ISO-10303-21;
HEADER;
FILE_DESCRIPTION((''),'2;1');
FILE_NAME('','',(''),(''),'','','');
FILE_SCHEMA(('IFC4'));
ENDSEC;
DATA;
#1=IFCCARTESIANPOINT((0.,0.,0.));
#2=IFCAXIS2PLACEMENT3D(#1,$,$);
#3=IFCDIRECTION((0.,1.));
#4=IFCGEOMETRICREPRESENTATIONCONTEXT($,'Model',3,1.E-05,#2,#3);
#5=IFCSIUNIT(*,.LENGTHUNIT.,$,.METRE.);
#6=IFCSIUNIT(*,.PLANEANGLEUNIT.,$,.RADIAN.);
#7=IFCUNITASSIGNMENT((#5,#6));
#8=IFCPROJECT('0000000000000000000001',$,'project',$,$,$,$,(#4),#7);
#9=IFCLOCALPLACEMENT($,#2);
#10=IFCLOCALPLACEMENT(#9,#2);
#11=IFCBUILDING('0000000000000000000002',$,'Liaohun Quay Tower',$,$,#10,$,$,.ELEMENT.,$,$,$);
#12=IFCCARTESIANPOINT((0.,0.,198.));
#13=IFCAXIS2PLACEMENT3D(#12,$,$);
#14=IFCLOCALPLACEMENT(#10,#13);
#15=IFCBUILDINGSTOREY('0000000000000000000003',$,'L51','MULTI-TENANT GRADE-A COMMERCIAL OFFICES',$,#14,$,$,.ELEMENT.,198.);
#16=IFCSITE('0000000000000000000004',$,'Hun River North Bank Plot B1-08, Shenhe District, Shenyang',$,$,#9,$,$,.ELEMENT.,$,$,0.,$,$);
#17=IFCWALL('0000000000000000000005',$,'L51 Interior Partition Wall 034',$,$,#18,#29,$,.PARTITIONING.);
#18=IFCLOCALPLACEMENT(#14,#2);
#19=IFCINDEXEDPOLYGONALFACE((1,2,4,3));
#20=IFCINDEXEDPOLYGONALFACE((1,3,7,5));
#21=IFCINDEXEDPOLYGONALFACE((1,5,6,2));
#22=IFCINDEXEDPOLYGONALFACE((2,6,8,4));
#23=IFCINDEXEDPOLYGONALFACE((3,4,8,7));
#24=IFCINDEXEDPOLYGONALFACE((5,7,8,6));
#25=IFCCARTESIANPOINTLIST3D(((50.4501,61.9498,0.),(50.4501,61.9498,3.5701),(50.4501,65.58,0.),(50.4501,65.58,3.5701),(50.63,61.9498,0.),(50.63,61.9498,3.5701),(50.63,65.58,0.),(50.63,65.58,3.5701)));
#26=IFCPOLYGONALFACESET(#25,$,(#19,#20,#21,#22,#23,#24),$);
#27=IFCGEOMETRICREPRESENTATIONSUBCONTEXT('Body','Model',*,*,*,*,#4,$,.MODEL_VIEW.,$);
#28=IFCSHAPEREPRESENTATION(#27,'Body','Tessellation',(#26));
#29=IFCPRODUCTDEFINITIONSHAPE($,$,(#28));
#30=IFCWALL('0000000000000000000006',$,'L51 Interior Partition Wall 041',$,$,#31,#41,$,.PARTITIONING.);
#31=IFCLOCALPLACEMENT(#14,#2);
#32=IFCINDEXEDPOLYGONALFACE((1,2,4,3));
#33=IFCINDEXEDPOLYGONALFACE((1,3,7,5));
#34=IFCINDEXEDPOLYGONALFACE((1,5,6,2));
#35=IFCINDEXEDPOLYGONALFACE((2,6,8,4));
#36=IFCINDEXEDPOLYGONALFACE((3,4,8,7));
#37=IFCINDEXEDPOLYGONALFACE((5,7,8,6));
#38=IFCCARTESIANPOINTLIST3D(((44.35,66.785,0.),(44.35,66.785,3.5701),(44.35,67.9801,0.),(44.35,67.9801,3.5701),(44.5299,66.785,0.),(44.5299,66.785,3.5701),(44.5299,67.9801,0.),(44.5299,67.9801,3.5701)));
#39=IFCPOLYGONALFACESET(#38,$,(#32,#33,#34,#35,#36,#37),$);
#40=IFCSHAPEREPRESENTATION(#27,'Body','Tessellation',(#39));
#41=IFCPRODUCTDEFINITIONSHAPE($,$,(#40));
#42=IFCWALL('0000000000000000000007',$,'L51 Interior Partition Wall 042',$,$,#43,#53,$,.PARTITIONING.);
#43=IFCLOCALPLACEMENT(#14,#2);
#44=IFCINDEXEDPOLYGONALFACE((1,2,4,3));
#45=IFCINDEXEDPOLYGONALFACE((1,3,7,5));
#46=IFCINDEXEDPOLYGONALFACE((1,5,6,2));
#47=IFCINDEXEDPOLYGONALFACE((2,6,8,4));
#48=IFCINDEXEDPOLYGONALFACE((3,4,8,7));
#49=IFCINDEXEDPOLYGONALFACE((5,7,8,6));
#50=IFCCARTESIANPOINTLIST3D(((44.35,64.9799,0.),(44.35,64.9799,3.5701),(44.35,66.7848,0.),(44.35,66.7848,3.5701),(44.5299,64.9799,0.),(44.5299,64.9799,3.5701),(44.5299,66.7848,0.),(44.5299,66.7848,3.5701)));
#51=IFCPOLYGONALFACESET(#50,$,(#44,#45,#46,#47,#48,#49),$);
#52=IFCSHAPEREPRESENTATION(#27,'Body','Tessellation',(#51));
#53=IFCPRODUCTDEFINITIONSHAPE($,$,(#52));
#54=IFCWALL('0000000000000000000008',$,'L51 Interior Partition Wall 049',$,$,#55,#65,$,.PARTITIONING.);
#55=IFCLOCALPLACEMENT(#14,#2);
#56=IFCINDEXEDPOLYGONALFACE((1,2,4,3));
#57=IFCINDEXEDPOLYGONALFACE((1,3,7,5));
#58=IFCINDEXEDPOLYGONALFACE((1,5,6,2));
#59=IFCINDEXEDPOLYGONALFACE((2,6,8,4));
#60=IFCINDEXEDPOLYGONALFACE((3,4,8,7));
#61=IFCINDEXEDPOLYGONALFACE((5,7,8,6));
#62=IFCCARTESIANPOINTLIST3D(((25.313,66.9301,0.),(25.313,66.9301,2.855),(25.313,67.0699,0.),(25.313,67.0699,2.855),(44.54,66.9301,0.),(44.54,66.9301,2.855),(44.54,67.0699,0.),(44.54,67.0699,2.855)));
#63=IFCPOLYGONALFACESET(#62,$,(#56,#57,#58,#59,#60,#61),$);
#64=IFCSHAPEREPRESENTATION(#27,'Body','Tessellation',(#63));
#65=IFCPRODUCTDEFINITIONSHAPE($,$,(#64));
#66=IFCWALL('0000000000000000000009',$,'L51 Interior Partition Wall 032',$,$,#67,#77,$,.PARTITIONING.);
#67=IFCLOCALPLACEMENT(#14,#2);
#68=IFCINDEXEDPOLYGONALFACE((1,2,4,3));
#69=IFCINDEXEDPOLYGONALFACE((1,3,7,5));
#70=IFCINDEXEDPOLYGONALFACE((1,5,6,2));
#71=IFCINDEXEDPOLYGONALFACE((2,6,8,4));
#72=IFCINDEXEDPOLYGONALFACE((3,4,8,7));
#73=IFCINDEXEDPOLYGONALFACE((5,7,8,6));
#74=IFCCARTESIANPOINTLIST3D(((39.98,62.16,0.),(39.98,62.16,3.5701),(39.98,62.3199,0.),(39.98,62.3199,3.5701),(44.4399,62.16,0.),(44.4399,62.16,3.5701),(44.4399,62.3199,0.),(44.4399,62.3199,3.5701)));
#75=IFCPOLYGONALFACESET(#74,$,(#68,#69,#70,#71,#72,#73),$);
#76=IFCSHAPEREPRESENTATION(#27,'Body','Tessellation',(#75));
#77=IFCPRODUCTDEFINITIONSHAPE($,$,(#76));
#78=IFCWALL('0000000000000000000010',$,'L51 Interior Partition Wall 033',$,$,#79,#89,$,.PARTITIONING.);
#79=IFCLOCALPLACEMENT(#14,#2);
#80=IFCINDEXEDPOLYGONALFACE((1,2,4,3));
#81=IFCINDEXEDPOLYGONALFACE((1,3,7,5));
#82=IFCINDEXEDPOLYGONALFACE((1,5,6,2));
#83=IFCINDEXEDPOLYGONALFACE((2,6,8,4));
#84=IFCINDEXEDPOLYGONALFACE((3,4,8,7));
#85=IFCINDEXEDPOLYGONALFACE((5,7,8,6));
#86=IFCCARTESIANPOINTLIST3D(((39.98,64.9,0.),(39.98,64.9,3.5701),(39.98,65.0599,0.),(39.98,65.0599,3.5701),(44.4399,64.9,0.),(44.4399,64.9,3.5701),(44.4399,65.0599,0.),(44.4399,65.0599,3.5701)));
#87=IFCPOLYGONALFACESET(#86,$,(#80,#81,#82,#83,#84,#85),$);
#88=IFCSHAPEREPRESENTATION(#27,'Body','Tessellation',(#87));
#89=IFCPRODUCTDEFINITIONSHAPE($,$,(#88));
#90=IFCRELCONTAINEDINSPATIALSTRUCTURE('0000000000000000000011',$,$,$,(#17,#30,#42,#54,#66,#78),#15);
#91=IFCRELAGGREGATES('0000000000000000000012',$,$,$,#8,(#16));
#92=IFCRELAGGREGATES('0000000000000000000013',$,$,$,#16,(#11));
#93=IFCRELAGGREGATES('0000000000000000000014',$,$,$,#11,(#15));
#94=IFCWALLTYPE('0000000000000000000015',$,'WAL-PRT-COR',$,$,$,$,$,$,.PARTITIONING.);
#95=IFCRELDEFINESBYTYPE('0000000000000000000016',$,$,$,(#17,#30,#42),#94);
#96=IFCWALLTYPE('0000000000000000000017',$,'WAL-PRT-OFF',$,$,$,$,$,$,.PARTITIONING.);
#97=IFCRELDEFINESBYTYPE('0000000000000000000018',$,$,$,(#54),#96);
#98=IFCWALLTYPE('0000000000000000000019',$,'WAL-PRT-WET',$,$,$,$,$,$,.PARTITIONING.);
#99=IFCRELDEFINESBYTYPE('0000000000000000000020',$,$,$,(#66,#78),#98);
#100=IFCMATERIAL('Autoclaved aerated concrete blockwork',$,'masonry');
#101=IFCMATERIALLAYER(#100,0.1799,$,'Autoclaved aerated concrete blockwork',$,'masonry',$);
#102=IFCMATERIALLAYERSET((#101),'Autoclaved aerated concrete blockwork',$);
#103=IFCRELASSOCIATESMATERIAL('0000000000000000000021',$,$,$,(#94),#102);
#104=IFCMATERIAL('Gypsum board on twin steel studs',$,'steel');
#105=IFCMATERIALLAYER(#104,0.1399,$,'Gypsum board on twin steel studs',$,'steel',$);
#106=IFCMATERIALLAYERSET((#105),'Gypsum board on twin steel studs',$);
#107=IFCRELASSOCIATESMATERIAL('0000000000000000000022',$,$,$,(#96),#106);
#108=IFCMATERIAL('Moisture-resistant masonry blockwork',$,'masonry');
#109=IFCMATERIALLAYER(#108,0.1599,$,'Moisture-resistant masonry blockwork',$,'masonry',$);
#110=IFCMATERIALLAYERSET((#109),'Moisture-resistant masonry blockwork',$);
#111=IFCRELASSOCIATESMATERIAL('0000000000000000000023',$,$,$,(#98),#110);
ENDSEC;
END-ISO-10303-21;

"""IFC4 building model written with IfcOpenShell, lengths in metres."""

from ifc_helpers import new_model, si_unit, direction, frame, frame_2d, origin, place, context, subcontext, project, spatial, rectangle, extrude, material, layer, layer_set, type_object, element, save


model = new_model("IFC4")

# Units and contexts
model_context = context("Model", 3, precision=1e-05, world=origin(), true_north=direction((0.0, 1.0)))
body_context = subcontext(model_context, "Body", "Model", "MODEL_VIEW")
ifc_project = project(units=[si_unit("LENGTHUNIT", "METRE"), si_unit("PLANEANGLEUNIT", "RADIAN")], contexts=[model_context])

# Site, building, storey
site_placement = place(None, origin())
site = spatial("IfcSite", under=ifc_project, at=site_placement, Name="Hun River North Bank Plot B1-08, Shenhe District, Shenyang", CompositionType="ELEMENT", RefElevation=0.0)
building_placement = place(site_placement, origin())
building = spatial("IfcBuilding", under=site, at=building_placement, Name="Liaohun Quay Tower", CompositionType="ELEMENT")
storey_placement = place(building_placement, frame((0.0, 0.0, 198.0)))
storey = spatial("IfcBuildingStorey", under=building, at=storey_placement, Name="L51", Description="MULTI-TENANT GRADE-A COMMERCIAL OFFICES", CompositionType="ELEMENT", Elevation=198.0)

# Shared definitions
ifc_material_1 = material(Name="Autoclaved aerated concrete blockwork", Category="masonry")
ifc_layer_1 = layer(ifc_material_1, 0.1799, Name="Autoclaved aerated concrete blockwork", Category="masonry")
ifc_layer_set_1 = layer_set([ifc_layer_1], Name="Autoclaved aerated concrete blockwork")
wall_type_1 = type_object("IfcWallType", Name="WAL-PRT-COR", PredefinedType="PARTITIONING", material=ifc_layer_set_1)

# Walls
wall_1_placement = place(storey_placement, frame((50.54, 61.95, 0.0), z_axis=(0.0, 0.0, 1.0), x_axis=(0.0, 1.0, 0.0)))
element("IfcWall", 1, at=wall_1_placement, inside=storey, type_object=wall_type_1, Name="L51 Interior Partition Wall 034", PredefinedType="PARTITIONING", context=body_context, shape_type="SweptSolid", body=[
    extrude(rectangle(XDim=3.6301, YDim=0.1799, at=frame_2d((1.8149, 0.0))), origin(), (0.0, 0.0, 1.0), 3.5701),
])
wall_2_placement = place(storey_placement, frame((44.4399, 66.7849, 0.0), z_axis=(0.0, 0.0, 1.0), x_axis=(0.0, 1.0, 0.0)))
element("IfcWall", 2, at=wall_2_placement, inside=storey, type_object=wall_type_1, Name="L51 Interior Partition Wall 041", PredefinedType="PARTITIONING", context=body_context, shape_type="SweptSolid", body=[
    extrude(rectangle(XDim=1.1951, YDim=0.1799, at=frame_2d((0.5977, 0.0))), origin(), (0.0, 0.0, 1.0), 3.5701),
])
wall_3_placement = place(storey_placement, frame((44.4399, 64.98, 0.0), z_axis=(0.0, 0.0, 1.0), x_axis=(0.0, 1.0, 0.0)))
element("IfcWall", 3, at=wall_3_placement, inside=storey, type_object=wall_type_1, Name="L51 Interior Partition Wall 042", PredefinedType="PARTITIONING", context=body_context, shape_type="SweptSolid", body=[
    extrude(rectangle(XDim=1.8049, YDim=0.1799, at=frame_2d((0.9023, 0.0))), origin(), (0.0, 0.0, 1.0), 3.5701),
])
ifc_material_2 = material(Name="Gypsum board on twin steel studs", Category="steel")
ifc_layer_2 = layer(ifc_material_2, 0.1399, Name="Gypsum board on twin steel studs", Category="steel")
ifc_layer_set_2 = layer_set([ifc_layer_2], Name="Gypsum board on twin steel studs")
wall_type_2 = type_object("IfcWallType", Name="WAL-PRT-OFF", PredefinedType="PARTITIONING", material=ifc_layer_set_2)
wall_4_placement = place(storey_placement, frame((44.54, 67.0, 0.0), z_axis=(0.0, 0.0, 1.0), x_axis=(-1.0, 0.0, 0.0)))
element("IfcWall", 4, at=wall_4_placement, inside=storey, type_object=wall_type_2, Name="L51 Interior Partition Wall 049", PredefinedType="PARTITIONING", context=body_context, shape_type="SweptSolid", body=[
    extrude(rectangle(XDim=19.2271, YDim=0.1399, at=frame_2d((9.6135, 0.0))), origin(), (0.0, 0.0, 1.0), 2.855),
])

# Shared definitions
ifc_material_3 = material(Name="Moisture-resistant masonry blockwork", Category="masonry")
ifc_layer_3 = layer(ifc_material_3, 0.1599, Name="Moisture-resistant masonry blockwork", Category="masonry")
ifc_layer_set_3 = layer_set([ifc_layer_3], Name="Moisture-resistant masonry blockwork")
wall_type_3 = type_object("IfcWallType", Name="WAL-PRT-WET", PredefinedType="PARTITIONING", material=ifc_layer_set_3)

# Walls
for number, where, z_axis, x_axis, name in (
    (5, (39.98, 62.24, 0.0), (0.0, 0.0, 1.0), (1.0, 0.0, 0.0), "L51 Interior Partition Wall 032"),
    (6, (39.98, 64.98, 0.0), (0.0, 0.0, 1.0), (1.0, 0.0, 0.0), "L51 Interior Partition Wall 033"),
):
    element("IfcWall", number, at=place(storey_placement, frame(where, z_axis=z_axis, x_axis=x_axis)), inside=storey, type_object=wall_type_3, Name=name, PredefinedType="PARTITIONING", context=body_context, shape_type="SweptSolid", body=[
        extrude(rectangle(XDim=4.46, YDim=0.1599, at=frame_2d((2.23, 0.0))), origin(), (0.0, 0.0, 1.0), 3.5701),
    ])

save(model, "model.ifc")
